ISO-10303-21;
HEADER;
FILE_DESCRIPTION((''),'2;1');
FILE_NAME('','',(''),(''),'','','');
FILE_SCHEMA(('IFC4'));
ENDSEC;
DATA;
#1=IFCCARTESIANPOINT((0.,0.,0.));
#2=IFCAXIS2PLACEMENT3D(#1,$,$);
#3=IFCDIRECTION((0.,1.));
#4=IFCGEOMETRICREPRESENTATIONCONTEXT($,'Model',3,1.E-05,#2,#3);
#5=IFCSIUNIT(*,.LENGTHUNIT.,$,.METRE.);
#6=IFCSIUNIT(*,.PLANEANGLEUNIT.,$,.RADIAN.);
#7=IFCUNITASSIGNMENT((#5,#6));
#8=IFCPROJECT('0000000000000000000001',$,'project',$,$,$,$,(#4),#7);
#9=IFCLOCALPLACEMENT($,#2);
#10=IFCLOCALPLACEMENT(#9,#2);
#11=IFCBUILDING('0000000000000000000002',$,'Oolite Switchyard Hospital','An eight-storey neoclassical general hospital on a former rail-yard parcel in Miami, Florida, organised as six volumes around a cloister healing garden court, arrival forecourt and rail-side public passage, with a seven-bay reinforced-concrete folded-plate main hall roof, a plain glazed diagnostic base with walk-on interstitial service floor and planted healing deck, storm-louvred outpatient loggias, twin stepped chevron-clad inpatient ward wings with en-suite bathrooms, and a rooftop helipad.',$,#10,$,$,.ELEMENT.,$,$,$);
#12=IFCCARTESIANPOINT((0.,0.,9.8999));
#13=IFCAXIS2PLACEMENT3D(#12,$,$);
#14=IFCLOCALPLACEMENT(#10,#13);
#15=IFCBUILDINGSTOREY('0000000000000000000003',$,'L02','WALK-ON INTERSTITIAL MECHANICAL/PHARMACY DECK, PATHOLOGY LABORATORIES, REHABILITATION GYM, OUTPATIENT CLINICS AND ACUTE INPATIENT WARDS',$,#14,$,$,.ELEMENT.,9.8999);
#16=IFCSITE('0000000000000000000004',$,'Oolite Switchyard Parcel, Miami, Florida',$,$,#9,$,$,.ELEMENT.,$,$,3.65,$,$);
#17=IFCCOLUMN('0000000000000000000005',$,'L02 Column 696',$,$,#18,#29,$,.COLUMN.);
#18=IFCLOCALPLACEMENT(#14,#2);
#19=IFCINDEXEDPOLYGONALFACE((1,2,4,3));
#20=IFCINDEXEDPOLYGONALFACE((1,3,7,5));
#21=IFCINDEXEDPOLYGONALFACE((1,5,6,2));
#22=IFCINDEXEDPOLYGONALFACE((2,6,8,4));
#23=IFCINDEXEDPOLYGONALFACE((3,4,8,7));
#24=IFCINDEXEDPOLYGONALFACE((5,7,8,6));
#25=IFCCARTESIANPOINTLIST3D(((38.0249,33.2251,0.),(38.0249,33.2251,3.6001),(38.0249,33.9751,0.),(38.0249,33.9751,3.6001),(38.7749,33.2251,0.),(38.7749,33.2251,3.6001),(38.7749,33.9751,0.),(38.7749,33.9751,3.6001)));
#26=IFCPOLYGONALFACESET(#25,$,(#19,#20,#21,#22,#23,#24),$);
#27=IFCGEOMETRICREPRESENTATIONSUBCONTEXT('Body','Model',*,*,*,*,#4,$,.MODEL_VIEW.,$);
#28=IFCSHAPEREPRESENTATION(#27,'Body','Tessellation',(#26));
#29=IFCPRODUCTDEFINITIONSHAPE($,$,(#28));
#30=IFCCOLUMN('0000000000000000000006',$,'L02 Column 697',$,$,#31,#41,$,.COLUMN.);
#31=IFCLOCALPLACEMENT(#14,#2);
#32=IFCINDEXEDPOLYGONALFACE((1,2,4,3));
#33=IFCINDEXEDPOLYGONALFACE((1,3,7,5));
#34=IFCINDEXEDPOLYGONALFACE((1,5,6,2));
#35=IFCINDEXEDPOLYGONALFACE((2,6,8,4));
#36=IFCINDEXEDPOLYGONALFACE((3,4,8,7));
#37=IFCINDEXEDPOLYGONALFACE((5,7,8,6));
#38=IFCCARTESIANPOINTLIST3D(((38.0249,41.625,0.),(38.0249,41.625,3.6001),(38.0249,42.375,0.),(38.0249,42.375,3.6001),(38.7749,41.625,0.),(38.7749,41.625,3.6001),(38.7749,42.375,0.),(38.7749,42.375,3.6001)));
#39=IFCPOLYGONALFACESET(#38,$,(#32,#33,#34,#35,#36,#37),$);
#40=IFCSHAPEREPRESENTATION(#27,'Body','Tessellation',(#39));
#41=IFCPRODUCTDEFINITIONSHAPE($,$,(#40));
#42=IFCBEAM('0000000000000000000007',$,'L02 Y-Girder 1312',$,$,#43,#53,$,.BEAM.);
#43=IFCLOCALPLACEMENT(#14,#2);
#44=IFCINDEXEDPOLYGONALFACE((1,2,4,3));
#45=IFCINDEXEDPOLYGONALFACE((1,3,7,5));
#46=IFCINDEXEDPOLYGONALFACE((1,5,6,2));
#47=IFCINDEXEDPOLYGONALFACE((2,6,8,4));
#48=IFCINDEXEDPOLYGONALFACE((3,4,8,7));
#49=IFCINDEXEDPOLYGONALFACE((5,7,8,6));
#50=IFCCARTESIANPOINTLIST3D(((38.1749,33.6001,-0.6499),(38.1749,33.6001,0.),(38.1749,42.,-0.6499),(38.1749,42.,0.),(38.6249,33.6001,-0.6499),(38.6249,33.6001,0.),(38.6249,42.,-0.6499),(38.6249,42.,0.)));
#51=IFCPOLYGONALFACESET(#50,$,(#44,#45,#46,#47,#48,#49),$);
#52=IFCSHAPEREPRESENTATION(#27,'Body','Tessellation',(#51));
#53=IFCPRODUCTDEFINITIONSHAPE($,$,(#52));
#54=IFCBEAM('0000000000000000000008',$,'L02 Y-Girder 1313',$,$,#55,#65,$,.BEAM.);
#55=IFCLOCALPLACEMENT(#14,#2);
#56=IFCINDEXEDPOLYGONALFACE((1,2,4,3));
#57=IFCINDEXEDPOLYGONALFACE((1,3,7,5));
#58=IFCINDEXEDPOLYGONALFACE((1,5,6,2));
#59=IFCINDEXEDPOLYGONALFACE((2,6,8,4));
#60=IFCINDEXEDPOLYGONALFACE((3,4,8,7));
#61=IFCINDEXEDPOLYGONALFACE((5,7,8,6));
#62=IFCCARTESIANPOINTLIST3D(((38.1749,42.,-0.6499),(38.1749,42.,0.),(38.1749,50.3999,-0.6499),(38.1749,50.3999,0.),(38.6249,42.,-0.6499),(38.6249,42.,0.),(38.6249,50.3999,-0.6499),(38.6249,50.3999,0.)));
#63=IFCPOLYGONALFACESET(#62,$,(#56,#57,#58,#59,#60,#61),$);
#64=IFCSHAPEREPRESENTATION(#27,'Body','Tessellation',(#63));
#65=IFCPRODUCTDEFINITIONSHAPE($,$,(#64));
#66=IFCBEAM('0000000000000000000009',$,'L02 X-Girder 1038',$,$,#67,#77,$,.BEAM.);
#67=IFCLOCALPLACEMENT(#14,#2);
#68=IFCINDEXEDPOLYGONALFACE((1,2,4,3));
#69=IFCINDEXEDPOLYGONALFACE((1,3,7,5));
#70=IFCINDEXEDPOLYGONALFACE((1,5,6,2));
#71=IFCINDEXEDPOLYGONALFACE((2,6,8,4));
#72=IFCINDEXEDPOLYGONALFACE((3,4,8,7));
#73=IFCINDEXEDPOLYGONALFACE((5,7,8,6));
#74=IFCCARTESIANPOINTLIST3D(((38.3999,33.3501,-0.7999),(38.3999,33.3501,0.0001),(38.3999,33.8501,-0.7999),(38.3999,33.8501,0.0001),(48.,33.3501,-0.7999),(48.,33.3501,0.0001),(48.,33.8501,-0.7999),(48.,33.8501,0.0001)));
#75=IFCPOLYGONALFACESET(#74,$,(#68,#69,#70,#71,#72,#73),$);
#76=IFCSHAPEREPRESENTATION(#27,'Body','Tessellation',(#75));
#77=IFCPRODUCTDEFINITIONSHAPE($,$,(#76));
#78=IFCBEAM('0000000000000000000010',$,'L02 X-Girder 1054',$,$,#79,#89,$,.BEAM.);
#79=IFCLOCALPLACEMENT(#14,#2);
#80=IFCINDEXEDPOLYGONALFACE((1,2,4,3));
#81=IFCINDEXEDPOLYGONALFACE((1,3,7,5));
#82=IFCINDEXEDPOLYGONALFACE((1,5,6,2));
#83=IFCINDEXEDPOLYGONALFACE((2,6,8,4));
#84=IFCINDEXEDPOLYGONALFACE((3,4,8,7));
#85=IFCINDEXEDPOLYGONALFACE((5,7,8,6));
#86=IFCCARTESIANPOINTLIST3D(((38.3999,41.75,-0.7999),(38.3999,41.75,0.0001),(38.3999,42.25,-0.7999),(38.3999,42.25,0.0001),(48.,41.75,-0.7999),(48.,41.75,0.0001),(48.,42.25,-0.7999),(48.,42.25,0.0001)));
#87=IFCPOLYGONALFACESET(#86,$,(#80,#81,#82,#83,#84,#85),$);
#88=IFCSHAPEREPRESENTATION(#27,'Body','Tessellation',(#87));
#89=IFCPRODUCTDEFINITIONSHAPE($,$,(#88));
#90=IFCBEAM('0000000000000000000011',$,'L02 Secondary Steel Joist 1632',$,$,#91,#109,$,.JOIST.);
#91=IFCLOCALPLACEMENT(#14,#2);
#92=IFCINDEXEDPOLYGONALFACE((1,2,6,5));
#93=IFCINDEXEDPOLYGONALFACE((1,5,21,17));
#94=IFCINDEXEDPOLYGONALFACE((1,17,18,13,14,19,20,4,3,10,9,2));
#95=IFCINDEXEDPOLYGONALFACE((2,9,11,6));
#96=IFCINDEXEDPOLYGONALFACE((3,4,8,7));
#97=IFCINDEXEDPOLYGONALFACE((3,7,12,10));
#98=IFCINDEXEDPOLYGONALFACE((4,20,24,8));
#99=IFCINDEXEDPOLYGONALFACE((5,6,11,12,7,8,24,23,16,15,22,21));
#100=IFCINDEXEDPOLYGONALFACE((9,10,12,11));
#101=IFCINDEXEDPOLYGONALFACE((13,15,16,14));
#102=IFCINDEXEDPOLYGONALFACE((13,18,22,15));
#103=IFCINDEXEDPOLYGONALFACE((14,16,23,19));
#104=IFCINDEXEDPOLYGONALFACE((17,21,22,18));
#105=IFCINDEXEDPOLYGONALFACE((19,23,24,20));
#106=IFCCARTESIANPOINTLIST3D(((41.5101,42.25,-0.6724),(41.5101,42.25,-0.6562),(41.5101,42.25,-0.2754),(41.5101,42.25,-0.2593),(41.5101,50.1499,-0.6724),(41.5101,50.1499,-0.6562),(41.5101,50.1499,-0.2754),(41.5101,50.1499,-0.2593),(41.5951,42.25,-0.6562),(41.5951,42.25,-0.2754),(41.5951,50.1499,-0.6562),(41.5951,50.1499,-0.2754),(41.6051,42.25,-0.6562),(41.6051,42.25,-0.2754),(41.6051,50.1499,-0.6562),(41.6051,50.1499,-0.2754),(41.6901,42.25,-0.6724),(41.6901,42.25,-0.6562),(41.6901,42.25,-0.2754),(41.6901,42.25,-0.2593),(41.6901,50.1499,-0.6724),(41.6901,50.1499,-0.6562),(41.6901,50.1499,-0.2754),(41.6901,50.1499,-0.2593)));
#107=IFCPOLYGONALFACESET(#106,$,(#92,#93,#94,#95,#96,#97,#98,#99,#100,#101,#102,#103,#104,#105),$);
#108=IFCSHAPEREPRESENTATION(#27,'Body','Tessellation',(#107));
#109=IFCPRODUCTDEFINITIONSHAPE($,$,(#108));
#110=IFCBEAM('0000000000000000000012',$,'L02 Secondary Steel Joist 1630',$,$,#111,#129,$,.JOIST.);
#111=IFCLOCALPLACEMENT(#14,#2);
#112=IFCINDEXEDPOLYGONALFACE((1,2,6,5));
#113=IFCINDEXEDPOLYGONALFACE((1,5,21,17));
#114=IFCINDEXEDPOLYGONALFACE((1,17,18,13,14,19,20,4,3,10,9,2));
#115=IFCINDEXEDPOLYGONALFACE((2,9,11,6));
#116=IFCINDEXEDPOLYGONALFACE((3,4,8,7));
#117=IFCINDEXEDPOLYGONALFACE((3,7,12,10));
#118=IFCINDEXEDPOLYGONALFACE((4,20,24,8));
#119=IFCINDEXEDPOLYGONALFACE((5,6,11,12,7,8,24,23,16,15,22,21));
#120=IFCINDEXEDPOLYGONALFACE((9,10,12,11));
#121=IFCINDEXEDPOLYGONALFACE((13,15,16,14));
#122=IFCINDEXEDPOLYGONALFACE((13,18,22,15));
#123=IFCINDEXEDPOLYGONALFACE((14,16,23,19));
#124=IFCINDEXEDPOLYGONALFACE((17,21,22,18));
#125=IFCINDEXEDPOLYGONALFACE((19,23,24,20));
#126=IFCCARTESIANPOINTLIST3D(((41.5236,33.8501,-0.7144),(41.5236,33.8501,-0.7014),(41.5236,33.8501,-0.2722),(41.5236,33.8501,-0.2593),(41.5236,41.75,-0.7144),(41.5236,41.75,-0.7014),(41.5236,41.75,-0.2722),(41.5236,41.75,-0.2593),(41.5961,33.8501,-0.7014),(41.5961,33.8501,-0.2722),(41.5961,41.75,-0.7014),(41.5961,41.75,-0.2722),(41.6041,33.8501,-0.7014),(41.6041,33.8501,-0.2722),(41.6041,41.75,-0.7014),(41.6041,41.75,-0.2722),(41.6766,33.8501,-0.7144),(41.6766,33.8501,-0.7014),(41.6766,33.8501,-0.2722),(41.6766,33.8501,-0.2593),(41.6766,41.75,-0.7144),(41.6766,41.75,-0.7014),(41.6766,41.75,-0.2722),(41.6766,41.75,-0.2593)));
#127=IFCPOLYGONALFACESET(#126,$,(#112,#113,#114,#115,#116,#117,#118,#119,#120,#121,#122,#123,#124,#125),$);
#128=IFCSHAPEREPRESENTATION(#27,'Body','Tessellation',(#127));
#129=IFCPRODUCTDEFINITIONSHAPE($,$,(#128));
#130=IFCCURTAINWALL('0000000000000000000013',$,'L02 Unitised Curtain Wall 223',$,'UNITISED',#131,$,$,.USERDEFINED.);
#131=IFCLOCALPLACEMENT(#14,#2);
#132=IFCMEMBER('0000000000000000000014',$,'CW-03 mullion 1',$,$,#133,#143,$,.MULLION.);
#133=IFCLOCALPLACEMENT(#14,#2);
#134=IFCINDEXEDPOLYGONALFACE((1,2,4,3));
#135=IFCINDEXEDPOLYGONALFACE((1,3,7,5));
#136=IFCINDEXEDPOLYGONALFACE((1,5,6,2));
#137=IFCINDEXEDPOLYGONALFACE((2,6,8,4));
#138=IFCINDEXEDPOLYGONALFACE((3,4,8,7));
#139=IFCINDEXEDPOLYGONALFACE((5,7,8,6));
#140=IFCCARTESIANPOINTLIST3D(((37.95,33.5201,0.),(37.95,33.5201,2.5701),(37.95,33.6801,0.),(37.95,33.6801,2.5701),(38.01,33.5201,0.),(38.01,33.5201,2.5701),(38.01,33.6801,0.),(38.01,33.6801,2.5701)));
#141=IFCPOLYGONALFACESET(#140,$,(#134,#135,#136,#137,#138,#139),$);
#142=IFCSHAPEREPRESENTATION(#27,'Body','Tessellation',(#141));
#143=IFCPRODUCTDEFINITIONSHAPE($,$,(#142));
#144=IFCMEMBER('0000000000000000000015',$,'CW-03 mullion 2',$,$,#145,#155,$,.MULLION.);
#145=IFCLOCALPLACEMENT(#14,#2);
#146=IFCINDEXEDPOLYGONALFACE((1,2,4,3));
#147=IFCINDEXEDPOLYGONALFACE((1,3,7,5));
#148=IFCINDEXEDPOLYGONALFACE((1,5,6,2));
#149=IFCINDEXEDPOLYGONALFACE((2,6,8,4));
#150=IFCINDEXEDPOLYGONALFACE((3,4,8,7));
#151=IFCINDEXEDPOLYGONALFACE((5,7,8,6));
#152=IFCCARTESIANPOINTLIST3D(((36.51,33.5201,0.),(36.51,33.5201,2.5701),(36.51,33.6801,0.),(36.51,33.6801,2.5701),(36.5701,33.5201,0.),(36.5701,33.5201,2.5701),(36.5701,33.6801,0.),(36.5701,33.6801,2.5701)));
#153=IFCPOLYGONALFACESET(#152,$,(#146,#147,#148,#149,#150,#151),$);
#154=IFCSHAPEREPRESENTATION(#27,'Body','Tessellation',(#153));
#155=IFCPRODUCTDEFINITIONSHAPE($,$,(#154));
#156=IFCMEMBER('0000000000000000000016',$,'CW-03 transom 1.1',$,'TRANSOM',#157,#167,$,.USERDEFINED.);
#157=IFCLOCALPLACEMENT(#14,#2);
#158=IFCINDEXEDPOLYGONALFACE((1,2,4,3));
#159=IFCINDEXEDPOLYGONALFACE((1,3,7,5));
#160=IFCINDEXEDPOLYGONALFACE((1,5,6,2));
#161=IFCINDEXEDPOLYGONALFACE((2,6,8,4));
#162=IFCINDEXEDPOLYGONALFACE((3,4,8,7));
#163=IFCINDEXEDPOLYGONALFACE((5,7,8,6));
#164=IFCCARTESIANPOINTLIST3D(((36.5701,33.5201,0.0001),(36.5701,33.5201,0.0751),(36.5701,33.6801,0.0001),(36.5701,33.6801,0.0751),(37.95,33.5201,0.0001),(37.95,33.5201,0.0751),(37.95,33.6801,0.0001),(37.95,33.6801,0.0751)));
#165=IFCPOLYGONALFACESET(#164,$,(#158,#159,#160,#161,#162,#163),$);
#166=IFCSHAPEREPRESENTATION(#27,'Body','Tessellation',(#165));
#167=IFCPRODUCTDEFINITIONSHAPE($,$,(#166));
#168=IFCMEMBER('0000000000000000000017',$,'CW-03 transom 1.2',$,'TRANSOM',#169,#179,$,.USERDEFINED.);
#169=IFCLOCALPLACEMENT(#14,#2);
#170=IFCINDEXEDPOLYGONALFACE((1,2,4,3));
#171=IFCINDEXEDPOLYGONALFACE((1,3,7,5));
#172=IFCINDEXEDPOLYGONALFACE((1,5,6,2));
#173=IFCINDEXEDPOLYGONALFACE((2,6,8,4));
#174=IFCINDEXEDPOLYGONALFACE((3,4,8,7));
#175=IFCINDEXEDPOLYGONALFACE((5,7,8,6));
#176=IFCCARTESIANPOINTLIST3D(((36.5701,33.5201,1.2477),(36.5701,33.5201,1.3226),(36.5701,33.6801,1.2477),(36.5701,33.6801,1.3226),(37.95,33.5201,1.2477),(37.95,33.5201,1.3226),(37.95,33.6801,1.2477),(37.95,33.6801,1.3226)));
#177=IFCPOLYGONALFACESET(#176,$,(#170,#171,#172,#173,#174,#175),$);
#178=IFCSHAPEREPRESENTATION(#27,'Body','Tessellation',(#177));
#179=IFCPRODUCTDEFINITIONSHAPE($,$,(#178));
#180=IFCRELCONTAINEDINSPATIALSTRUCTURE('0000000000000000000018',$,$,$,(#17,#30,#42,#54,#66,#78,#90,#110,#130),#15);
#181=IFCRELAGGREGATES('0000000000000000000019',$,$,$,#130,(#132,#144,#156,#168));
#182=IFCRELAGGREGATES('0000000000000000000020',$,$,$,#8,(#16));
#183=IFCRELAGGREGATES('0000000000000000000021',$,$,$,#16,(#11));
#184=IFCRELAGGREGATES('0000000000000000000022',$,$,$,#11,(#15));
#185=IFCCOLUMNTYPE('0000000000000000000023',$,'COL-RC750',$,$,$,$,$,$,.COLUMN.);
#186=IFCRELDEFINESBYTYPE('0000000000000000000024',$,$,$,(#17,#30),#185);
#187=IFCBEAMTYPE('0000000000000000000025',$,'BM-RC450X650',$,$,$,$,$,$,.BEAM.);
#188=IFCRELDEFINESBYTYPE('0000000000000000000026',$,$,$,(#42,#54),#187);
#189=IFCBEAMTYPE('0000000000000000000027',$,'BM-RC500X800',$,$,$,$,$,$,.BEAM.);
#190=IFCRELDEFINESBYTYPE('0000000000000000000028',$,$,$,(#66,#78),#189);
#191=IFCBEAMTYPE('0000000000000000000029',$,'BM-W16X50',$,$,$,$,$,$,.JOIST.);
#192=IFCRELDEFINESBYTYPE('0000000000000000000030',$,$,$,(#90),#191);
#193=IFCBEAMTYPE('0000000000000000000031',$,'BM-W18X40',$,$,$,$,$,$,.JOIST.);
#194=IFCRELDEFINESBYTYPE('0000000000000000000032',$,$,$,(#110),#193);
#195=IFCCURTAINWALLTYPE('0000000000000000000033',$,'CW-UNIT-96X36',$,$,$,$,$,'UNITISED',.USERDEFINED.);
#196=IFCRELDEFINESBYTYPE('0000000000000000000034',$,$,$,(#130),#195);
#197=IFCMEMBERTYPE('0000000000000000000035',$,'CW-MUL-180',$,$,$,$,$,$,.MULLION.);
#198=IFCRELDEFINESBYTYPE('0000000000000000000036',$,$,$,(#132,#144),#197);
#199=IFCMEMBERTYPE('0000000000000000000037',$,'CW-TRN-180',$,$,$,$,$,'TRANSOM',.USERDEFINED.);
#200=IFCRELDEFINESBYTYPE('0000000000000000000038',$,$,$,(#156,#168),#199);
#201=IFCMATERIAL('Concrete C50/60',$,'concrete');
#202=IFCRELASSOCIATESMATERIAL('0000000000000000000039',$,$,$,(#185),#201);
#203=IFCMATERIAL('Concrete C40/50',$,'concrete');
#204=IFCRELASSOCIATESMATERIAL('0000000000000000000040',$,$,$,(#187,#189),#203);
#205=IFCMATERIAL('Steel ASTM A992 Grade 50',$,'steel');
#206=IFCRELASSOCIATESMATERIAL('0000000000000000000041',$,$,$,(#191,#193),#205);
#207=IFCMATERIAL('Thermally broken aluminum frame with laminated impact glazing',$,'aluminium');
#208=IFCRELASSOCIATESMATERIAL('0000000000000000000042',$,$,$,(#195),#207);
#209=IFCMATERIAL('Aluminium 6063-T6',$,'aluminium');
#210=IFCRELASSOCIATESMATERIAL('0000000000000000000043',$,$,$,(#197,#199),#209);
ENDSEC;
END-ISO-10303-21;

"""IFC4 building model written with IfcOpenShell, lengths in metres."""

from ifc_helpers import new_model, si_unit, direction, frame, origin, origin_2d, place, context, subcontext, project, spatial, rectangle, i_section, extrude, material, material_profile, profile_set, type_object, element, aggregate, save


model = new_model("IFC4")

# Units and contexts
model_context = context("Model", 3, precision=1e-05, world=origin(), true_north=direction((0.0, 1.0)))
body_context = subcontext(model_context, "Body", "Model", "MODEL_VIEW")
ifc_project = project(units=[si_unit("LENGTHUNIT", "METRE"), si_unit("PLANEANGLEUNIT", "RADIAN")], contexts=[model_context])

# Site, building, storey
site_placement = place(None, origin())
site = spatial("IfcSite", under=ifc_project, at=site_placement, Name="Oolite Switchyard Parcel, Miami, Florida", CompositionType="ELEMENT", RefElevation=3.65)
building_placement = place(site_placement, origin())
building = spatial("IfcBuilding", under=site, at=building_placement, Name="Oolite Switchyard Hospital", Description="An eight-storey neoclassical general hospital on a former rail-yard parcel in Miami, Florida, organised as six volumes around a cloister healing garden court, arrival forecourt and rail-side public passage, with a seven-bay reinforced-concrete folded-plate main hall roof, a plain glazed diagnostic base with walk-on interstitial service floor and planted healing deck, storm-louvred outpatient loggias, twin stepped chevron-clad inpatient ward wings with en-suite bathrooms, and a rooftop helipad.", CompositionType="ELEMENT")
storey_placement = place(building_placement, frame((0.0, 0.0, 9.8999)))
storey = spatial("IfcBuildingStorey", under=building, at=storey_placement, Name="L02", Description="WALK-ON INTERSTITIAL MECHANICAL/PHARMACY DECK, PATHOLOGY LABORATORIES, REHABILITATION GYM, OUTPATIENT CLINICS AND ACUTE INPATIENT WARDS", CompositionType="ELEMENT", Elevation=9.8999)

# Columns
ifc_material_1 = material(Name="Concrete C50/60", Category="concrete")
ifc_material_profile_1 = material_profile(ifc_material_1, rectangle(XDim=0.75, YDim=0.75, at=origin_2d()), Name="RC750X750")
ifc_profile_set_1 = profile_set([ifc_material_profile_1], Name="Concrete C50/60")
column_type = type_object("IfcColumnType", Name="COL-RC750", PredefinedType="COLUMN", material=ifc_profile_set_1)
for number, where, z_axis, x_axis, name in (
    (1, (38.3999, 33.6001, 0.0), (0.0, 0.0, 1.0), (1.0, 0.0, 0.0), "L02 Column 696"),
    (2, (38.3999, 42.0, 0.0), (0.0, 0.0, 1.0), (1.0, 0.0, 0.0), "L02 Column 697"),
):
    element("IfcColumn", number, at=place(storey_placement, frame(where, z_axis=z_axis, x_axis=x_axis)), inside=storey, type_object=column_type, Name=name, PredefinedType="COLUMN", context=body_context, shape_type="SweptSolid", body=[
        extrude(rectangle(XDim=0.75, YDim=0.75, at=origin_2d()), origin(), (0.0, 0.0, 1.0), 3.6001),
    ])

# Beams
ifc_material_2 = material(Name="Concrete C40/50", Category="concrete")
ifc_material_profile_2 = material_profile(ifc_material_2, rectangle(XDim=0.45, YDim=0.6499, at=origin_2d()), Name="RCB450X650")
ifc_profile_set_2 = profile_set([ifc_material_profile_2], Name="Concrete C40/50")
beam_type_1 = type_object("IfcBeamType", Name="BM-RC450X650", PredefinedType="BEAM", material=ifc_profile_set_2)
for number, where, z_axis, x_axis, name in (
    (3, (38.3999, 33.6001, -0.325), (0.0, 1.0, 0.0), (-1.0, 0.0, 0.0), "L02 Y-Girder 1312"),
    (4, (38.3999, 42.0, -0.325), (0.0, 1.0, 0.0), (-1.0, 0.0, 0.0), "L02 Y-Girder 1313"),
):
    element("IfcBeam", number, at=place(storey_placement, frame(where, z_axis=z_axis, x_axis=x_axis)), inside=storey, type_object=beam_type_1, Name=name, PredefinedType="BEAM", context=body_context, shape_type="SweptSolid", body=[
        extrude(rectangle(XDim=0.45, YDim=0.6499, at=origin_2d()), origin(), (0.0, 0.0, 1.0), 8.3999),
    ])
ifc_material_profile_3 = material_profile(ifc_material_2, rectangle(XDim=0.5, YDim=0.8, at=origin_2d()), Name="RCB500X800")
ifc_profile_set_3 = profile_set([ifc_material_profile_3], Name="Concrete C40/50")
beam_type_2 = type_object("IfcBeamType", Name="BM-RC500X800", PredefinedType="BEAM", material=ifc_profile_set_3)
for number, where, z_axis, x_axis, name in (
    (5, (38.3999, 33.6001, -0.3999), (1.0, 0.0, 0.0), (0.0, 1.0, 0.0), "L02 X-Girder 1038"),
    (6, (38.3999, 42.0, -0.3999), (1.0, 0.0, 0.0), (0.0, 1.0, 0.0), "L02 X-Girder 1054"),
):
    element("IfcBeam", number, at=place(storey_placement, frame(where, z_axis=z_axis, x_axis=x_axis)), inside=storey, type_object=beam_type_2, Name=name, PredefinedType="BEAM", context=body_context, shape_type="SweptSolid", body=[
        extrude(rectangle(XDim=0.5, YDim=0.8, at=origin_2d()), origin(), (0.0, 0.0, 1.0), 9.6001),
    ])
ifc_material_3 = material(Name="Steel ASTM A992 Grade 50", Category="steel")
ifc_material_profile_4 = material_profile(ifc_material_3, i_section(OverallWidth=0.1799, OverallDepth=0.4131, WebThickness=0.01, FlangeThickness=0.0161, at=origin_2d()), Name="W16X50")
ifc_profile_set_4 = profile_set([ifc_material_profile_4], Name="Steel ASTM A992 Grade 50")
beam_type_3 = type_object("IfcBeamType", Name="BM-W16X50", PredefinedType="JOIST", material=ifc_profile_set_4)
beam_1_placement = place(storey_placement, frame((41.6001, 42.25, -0.4658), z_axis=(0.0, 1.0, 0.0), x_axis=(-1.0, 0.0, 0.0)))
element("IfcBeam", 7, at=beam_1_placement, inside=storey, type_object=beam_type_3, Name="L02 Secondary Steel Joist 1632", PredefinedType="JOIST", context=body_context, shape_type="SweptSolid", body=[
    extrude(i_section(OverallWidth=0.1799, OverallDepth=0.4131, WebThickness=0.01, FlangeThickness=0.0161, at=origin_2d()), origin(), (0.0, 0.0, 1.0), 7.8999),
])
ifc_material_profile_5 = material_profile(ifc_material_3, i_section(OverallWidth=0.1531, OverallDepth=0.4551, WebThickness=0.0081, FlangeThickness=0.0129, at=origin_2d()), Name="W18X40")
ifc_profile_set_5 = profile_set([ifc_material_profile_5], Name="Steel ASTM A992 Grade 50")
beam_type_4 = type_object("IfcBeamType", Name="BM-W18X40", PredefinedType="JOIST", material=ifc_profile_set_5)
beam_2_placement = place(storey_placement, frame((41.6001, 33.8501, -0.4868), z_axis=(0.0, 1.0, 0.0), x_axis=(-1.0, 0.0, 0.0)))
element("IfcBeam", 8, at=beam_2_placement, inside=storey, type_object=beam_type_4, Name="L02 Secondary Steel Joist 1630", PredefinedType="JOIST", context=body_context, shape_type="SweptSolid", body=[
    extrude(i_section(OverallWidth=0.1531, OverallDepth=0.4551, WebThickness=0.0081, FlangeThickness=0.0129, at=origin_2d()), origin(), (0.0, 0.0, 1.0), 7.8999),
])

# Curtain wall, members
ifc_material_4 = material(Name="Thermally broken aluminum frame with laminated impact glazing", Category="aluminium")
curtain_wall_type = type_object("IfcCurtainWallType", Name="CW-UNIT-96X36", ElementType="UNITISED", PredefinedType="USERDEFINED", material=ifc_material_4)
curtain_wall_placement = place(storey_placement, origin())
curtain_wall = element("IfcCurtainWall", 9, at=curtain_wall_placement, inside=storey, type_object=curtain_wall_type, Name="L02 Unitised Curtain Wall 223", ObjectType="UNITISED", PredefinedType="USERDEFINED")
ifc_material_5 = material(Name="Aluminium 6063-T6", Category="aluminium")
ifc_material_profile_6 = material_profile(ifc_material_5, rectangle(XDim=0.1599, YDim=0.0601, at=origin_2d()), Name="CWM60X160")
ifc_profile_set_6 = profile_set([ifc_material_profile_6], Name="Aluminium 6063-T6")
member_type_1 = type_object("IfcMemberType", Name="CW-MUL-180", PredefinedType="MULLION", material=ifc_profile_set_6)
member_1_placement = place(storey_placement, frame((37.98, 33.6001, 0.0), z_axis=(0.0, 0.0, 1.0), x_axis=(0.0, -1.0, 0.0)))
member_1 = element("IfcMember", 10, at=member_1_placement, type_object=member_type_1, Name="CW-03 mullion 1", PredefinedType="MULLION", context=body_context, shape_type="SweptSolid", body=[
    extrude(rectangle(XDim=0.1599, YDim=0.0601, at=origin_2d()), origin(), (0.0, 0.0, 1.0), 2.5701),
])
member_2_placement = place(storey_placement, frame((36.54, 33.6001, 0.0), z_axis=(0.0, 0.0, 1.0), x_axis=(0.0, -1.0, 0.0)))
member_2 = element("IfcMember", 11, at=member_2_placement, type_object=member_type_1, Name="CW-03 mullion 2", PredefinedType="MULLION", context=body_context, shape_type="SweptSolid", body=[
    extrude(rectangle(XDim=0.1599, YDim=0.0601, at=origin_2d()), origin(), (0.0, 0.0, 1.0), 2.5701),
])
ifc_material_profile_7 = material_profile(ifc_material_5, rectangle(XDim=0.1599, YDim=0.075, at=origin_2d()), Name="CWT75X160")
ifc_profile_set_7 = profile_set([ifc_material_profile_7], Name="Aluminium 6063-T6")
member_type_2 = type_object("IfcMemberType", Name="CW-TRN-180", ElementType="TRANSOM", PredefinedType="USERDEFINED", material=ifc_profile_set_7)
member_3_placement = place(storey_placement, frame((37.95, 33.6001, 0.0376), z_axis=(-1.0, 0.0, 0.0), x_axis=(0.0, -1.0, 0.0)))
member_3 = element("IfcMember", 12, at=member_3_placement, type_object=member_type_2, Name="CW-03 transom 1.1", ObjectType="TRANSOM", PredefinedType="USERDEFINED", context=body_context, shape_type="SweptSolid", body=[
    extrude(rectangle(XDim=0.1599, YDim=0.075, at=origin_2d()), origin(), (0.0, 0.0, 1.0), 1.3799),
])
member_4_placement = place(storey_placement, frame((37.95, 33.6001, 1.2852), z_axis=(-1.0, 0.0, 0.0), x_axis=(0.0, -1.0, 0.0)))
member_4 = element("IfcMember", 13, at=member_4_placement, type_object=member_type_2, Name="CW-03 transom 1.2", ObjectType="TRANSOM", PredefinedType="USERDEFINED", context=body_context, shape_type="SweptSolid", body=[
    extrude(rectangle(XDim=0.1599, YDim=0.075, at=origin_2d()), origin(), (0.0, 0.0, 1.0), 1.3799),
])
aggregate(curtain_wall, [member_1, member_2, member_3, member_4])

save(model, "model.ifc")
